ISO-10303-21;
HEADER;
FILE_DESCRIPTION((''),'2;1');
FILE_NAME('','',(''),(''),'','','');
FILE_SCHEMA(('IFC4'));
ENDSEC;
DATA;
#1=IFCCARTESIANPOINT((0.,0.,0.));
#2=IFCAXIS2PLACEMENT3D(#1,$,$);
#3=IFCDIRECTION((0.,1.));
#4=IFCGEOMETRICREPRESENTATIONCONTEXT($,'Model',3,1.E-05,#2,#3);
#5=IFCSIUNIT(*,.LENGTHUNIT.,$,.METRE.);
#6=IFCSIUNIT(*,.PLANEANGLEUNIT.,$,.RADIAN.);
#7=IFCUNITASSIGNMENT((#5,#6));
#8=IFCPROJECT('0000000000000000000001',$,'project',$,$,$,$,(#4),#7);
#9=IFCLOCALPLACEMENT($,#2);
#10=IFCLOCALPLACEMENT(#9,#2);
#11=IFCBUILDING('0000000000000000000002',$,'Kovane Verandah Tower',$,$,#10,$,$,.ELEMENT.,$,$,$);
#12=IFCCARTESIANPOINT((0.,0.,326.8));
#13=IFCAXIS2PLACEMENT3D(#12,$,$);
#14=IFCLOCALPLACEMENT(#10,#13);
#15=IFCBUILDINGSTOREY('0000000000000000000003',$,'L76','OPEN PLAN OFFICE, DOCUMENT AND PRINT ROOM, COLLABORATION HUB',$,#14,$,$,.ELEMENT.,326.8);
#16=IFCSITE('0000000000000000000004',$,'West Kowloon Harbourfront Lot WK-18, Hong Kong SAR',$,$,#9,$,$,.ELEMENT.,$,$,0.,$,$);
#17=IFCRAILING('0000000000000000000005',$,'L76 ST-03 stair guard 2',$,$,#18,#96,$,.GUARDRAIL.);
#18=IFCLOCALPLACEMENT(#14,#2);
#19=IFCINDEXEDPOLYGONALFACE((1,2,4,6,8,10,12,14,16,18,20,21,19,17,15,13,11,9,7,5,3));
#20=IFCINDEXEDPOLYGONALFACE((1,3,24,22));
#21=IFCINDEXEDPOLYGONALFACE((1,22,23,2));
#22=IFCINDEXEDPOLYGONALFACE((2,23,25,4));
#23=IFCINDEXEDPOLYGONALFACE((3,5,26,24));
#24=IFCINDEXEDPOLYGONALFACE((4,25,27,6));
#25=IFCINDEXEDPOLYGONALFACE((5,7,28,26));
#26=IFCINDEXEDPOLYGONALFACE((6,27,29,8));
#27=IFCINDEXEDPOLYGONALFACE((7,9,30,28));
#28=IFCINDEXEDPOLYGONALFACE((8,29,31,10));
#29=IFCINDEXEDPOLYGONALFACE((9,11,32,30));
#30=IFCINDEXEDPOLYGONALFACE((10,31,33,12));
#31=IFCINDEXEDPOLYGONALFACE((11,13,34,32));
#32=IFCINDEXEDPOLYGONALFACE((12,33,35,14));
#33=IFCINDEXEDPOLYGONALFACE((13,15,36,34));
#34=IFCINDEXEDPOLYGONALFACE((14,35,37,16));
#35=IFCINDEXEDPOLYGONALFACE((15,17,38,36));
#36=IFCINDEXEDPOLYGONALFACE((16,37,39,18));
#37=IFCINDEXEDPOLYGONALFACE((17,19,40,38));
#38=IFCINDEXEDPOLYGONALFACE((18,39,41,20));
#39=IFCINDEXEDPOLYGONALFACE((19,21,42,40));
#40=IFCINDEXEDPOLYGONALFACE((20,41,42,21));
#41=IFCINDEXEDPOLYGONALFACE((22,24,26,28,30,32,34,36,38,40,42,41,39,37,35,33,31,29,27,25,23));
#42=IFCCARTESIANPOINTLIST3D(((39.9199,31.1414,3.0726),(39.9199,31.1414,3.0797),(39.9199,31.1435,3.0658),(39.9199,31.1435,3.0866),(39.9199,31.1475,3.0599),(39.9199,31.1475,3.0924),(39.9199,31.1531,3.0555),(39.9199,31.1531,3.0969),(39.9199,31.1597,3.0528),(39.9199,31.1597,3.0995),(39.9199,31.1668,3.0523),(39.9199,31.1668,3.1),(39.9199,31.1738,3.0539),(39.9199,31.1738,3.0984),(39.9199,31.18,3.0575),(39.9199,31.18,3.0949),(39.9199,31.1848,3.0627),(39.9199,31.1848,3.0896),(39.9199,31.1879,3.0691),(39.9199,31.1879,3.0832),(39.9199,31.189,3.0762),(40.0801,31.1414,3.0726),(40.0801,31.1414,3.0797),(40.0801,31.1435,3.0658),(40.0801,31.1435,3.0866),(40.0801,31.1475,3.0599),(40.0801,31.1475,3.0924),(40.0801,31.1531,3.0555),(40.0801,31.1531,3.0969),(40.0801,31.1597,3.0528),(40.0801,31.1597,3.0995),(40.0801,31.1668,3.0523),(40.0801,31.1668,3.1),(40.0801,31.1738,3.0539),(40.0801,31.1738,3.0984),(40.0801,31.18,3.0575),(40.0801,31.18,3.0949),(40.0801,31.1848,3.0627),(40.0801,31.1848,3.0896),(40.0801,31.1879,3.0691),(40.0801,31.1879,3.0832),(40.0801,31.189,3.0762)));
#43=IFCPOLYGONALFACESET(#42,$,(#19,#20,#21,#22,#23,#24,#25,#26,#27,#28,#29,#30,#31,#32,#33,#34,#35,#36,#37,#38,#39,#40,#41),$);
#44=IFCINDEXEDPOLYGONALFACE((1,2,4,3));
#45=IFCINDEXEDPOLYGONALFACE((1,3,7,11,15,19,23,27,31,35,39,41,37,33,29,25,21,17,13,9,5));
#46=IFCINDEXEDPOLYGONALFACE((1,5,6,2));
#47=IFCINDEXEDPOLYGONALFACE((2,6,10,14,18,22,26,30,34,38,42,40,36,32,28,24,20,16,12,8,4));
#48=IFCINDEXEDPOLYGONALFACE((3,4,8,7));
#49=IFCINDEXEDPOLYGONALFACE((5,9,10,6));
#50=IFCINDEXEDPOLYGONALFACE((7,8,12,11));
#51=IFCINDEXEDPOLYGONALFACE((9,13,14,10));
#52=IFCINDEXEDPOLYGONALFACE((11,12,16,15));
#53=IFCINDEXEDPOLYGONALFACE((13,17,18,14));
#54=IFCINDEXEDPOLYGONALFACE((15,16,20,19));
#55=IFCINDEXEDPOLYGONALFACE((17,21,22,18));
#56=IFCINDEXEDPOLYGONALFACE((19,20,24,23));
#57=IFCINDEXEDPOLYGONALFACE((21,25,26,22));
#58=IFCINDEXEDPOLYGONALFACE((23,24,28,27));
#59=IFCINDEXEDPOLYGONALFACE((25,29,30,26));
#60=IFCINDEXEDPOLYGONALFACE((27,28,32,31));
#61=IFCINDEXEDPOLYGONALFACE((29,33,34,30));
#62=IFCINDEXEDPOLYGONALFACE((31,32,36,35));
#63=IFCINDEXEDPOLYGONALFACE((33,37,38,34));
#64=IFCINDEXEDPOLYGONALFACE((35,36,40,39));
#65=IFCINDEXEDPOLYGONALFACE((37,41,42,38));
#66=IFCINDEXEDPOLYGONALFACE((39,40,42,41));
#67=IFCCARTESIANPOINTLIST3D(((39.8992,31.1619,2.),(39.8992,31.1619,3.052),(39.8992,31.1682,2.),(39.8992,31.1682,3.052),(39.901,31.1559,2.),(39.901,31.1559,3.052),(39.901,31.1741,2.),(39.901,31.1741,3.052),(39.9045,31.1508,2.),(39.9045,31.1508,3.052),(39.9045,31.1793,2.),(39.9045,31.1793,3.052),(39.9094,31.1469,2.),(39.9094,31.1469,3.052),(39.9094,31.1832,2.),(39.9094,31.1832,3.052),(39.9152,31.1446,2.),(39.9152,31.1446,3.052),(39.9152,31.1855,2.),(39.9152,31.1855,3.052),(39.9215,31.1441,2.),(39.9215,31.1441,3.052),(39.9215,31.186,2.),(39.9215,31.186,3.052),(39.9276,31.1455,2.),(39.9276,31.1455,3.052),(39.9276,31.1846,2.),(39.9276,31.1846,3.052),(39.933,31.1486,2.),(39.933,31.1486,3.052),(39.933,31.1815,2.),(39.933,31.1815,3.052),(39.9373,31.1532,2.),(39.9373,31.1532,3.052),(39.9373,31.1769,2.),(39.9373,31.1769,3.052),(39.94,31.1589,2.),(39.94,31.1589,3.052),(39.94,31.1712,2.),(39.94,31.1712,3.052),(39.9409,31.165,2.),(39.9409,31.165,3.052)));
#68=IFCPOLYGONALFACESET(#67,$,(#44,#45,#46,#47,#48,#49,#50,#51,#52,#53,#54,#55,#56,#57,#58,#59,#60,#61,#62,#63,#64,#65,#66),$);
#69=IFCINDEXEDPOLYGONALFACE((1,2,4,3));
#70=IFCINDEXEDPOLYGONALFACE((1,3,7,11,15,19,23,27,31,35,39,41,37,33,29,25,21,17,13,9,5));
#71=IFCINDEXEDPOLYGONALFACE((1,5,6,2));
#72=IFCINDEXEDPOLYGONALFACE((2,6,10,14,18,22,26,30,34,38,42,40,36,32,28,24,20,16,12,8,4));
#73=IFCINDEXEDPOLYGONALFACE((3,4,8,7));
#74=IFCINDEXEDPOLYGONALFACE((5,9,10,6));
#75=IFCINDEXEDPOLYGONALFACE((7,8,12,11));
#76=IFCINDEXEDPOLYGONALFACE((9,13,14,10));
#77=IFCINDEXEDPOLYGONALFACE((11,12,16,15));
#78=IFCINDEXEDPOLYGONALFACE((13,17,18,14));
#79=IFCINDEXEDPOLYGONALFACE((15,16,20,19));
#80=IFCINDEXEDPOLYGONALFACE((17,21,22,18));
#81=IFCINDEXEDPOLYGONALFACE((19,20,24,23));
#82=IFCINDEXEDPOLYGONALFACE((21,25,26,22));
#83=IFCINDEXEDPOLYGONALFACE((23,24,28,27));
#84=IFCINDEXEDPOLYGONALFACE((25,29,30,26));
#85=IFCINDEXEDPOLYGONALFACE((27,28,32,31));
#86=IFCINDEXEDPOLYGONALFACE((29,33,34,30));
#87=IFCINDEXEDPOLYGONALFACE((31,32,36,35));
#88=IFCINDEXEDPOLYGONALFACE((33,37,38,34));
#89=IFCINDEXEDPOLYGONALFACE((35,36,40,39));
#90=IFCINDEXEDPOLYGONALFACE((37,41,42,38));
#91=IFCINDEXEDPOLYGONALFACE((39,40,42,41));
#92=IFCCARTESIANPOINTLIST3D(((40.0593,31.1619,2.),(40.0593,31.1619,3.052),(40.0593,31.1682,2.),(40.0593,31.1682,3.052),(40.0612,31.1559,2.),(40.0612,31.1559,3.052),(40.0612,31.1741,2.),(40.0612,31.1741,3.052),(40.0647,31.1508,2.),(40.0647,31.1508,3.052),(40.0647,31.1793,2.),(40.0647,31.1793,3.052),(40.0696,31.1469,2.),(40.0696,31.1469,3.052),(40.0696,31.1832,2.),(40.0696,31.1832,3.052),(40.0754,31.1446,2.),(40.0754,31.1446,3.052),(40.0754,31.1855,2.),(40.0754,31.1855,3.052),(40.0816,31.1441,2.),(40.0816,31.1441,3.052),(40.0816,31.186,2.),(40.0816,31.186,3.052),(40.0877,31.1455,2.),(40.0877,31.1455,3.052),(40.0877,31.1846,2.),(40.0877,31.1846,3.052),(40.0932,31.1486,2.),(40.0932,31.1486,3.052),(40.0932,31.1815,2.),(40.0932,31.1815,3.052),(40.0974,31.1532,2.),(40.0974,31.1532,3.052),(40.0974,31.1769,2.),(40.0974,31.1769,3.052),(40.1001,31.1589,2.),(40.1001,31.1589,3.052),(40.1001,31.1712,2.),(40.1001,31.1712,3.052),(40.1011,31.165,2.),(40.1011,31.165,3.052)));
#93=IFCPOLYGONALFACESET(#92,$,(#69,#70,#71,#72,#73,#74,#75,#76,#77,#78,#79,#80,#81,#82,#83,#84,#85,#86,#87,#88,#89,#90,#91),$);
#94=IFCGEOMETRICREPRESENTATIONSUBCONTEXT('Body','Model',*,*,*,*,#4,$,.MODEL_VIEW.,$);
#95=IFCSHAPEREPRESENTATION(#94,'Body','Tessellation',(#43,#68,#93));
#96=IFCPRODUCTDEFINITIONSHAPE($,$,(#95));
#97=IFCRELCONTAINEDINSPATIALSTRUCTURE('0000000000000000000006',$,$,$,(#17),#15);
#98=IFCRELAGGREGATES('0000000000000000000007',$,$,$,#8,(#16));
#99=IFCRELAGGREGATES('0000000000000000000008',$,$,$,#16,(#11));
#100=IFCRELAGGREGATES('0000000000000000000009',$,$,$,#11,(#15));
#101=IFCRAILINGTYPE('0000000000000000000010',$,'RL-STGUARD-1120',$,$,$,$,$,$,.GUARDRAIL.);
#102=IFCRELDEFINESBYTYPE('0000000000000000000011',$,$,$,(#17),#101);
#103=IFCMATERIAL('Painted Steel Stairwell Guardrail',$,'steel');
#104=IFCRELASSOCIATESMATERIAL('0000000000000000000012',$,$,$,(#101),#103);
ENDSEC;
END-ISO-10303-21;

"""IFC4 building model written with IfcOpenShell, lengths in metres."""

from ifc_helpers import new_model, si_unit, direction, frame, origin, origin_2d, place, context, subcontext, project, spatial, circle, extrude, material, type_object, element, save


model = new_model("IFC4")

# Units and contexts
model_context = context("Model", 3, precision=1e-05, world=origin(), true_north=direction((0.0, 1.0)))
body_context = subcontext(model_context, "Body", "Model", "MODEL_VIEW")
ifc_project = project(units=[si_unit("LENGTHUNIT", "METRE"), si_unit("PLANEANGLEUNIT", "RADIAN")], contexts=[model_context])

# Site, building, storey
site_placement = place(None, origin())
site = spatial("IfcSite", under=ifc_project, at=site_placement, Name="West Kowloon Harbourfront Lot WK-18, Hong Kong SAR", CompositionType="ELEMENT", RefElevation=0.0)
building_placement = place(site_placement, origin())
building = spatial("IfcBuilding", under=site, at=building_placement, Name="Kovane Verandah Tower", CompositionType="ELEMENT")
storey_placement = place(building_placement, frame((0.0, 0.0, 326.8)))
storey = spatial("IfcBuildingStorey", under=building, at=storey_placement, Name="L76", Description="OPEN PLAN OFFICE, DOCUMENT AND PRINT ROOM, COLLABORATION HUB", CompositionType="ELEMENT", Elevation=326.8)

# Railing
ifc_material_1 = material(Name="Painted Steel Stairwell Guardrail", Category="steel")
railing_type_1 = type_object("IfcRailingType", Name="RL-STGUARD-1120", PredefinedType="GUARDRAIL", material=ifc_material_1)
railing_1_placement = place(storey_placement, frame((39.9199, 31.165, 2.0)))
element("IfcRailing", 1, at=railing_1_placement, inside=storey, type_object=railing_type_1, Name="L76 ST-03 stair guard 2", PredefinedType="GUARDRAIL", context=body_context, shape_type="SweptSolid", body=[
    extrude(circle(Radius=0.0239, at=origin_2d()), frame((0.0, 0.0, 1.0762), z_axis=(1.0, 0.0, 0.0), x_axis=(0.0, 1.0, 0.0)), (0.0, 0.0, 1.0), 0.1602),
    extrude(circle(Radius=0.021, at=origin_2d()), origin(), (0.0, 0.0, 1.0), 1.052),
    extrude(circle(Radius=0.021, at=origin_2d()), frame((0.1602, 0.0, 0.0)), (0.0, 0.0, 1.0), 1.052),
])

save(model, "model.ifc")
